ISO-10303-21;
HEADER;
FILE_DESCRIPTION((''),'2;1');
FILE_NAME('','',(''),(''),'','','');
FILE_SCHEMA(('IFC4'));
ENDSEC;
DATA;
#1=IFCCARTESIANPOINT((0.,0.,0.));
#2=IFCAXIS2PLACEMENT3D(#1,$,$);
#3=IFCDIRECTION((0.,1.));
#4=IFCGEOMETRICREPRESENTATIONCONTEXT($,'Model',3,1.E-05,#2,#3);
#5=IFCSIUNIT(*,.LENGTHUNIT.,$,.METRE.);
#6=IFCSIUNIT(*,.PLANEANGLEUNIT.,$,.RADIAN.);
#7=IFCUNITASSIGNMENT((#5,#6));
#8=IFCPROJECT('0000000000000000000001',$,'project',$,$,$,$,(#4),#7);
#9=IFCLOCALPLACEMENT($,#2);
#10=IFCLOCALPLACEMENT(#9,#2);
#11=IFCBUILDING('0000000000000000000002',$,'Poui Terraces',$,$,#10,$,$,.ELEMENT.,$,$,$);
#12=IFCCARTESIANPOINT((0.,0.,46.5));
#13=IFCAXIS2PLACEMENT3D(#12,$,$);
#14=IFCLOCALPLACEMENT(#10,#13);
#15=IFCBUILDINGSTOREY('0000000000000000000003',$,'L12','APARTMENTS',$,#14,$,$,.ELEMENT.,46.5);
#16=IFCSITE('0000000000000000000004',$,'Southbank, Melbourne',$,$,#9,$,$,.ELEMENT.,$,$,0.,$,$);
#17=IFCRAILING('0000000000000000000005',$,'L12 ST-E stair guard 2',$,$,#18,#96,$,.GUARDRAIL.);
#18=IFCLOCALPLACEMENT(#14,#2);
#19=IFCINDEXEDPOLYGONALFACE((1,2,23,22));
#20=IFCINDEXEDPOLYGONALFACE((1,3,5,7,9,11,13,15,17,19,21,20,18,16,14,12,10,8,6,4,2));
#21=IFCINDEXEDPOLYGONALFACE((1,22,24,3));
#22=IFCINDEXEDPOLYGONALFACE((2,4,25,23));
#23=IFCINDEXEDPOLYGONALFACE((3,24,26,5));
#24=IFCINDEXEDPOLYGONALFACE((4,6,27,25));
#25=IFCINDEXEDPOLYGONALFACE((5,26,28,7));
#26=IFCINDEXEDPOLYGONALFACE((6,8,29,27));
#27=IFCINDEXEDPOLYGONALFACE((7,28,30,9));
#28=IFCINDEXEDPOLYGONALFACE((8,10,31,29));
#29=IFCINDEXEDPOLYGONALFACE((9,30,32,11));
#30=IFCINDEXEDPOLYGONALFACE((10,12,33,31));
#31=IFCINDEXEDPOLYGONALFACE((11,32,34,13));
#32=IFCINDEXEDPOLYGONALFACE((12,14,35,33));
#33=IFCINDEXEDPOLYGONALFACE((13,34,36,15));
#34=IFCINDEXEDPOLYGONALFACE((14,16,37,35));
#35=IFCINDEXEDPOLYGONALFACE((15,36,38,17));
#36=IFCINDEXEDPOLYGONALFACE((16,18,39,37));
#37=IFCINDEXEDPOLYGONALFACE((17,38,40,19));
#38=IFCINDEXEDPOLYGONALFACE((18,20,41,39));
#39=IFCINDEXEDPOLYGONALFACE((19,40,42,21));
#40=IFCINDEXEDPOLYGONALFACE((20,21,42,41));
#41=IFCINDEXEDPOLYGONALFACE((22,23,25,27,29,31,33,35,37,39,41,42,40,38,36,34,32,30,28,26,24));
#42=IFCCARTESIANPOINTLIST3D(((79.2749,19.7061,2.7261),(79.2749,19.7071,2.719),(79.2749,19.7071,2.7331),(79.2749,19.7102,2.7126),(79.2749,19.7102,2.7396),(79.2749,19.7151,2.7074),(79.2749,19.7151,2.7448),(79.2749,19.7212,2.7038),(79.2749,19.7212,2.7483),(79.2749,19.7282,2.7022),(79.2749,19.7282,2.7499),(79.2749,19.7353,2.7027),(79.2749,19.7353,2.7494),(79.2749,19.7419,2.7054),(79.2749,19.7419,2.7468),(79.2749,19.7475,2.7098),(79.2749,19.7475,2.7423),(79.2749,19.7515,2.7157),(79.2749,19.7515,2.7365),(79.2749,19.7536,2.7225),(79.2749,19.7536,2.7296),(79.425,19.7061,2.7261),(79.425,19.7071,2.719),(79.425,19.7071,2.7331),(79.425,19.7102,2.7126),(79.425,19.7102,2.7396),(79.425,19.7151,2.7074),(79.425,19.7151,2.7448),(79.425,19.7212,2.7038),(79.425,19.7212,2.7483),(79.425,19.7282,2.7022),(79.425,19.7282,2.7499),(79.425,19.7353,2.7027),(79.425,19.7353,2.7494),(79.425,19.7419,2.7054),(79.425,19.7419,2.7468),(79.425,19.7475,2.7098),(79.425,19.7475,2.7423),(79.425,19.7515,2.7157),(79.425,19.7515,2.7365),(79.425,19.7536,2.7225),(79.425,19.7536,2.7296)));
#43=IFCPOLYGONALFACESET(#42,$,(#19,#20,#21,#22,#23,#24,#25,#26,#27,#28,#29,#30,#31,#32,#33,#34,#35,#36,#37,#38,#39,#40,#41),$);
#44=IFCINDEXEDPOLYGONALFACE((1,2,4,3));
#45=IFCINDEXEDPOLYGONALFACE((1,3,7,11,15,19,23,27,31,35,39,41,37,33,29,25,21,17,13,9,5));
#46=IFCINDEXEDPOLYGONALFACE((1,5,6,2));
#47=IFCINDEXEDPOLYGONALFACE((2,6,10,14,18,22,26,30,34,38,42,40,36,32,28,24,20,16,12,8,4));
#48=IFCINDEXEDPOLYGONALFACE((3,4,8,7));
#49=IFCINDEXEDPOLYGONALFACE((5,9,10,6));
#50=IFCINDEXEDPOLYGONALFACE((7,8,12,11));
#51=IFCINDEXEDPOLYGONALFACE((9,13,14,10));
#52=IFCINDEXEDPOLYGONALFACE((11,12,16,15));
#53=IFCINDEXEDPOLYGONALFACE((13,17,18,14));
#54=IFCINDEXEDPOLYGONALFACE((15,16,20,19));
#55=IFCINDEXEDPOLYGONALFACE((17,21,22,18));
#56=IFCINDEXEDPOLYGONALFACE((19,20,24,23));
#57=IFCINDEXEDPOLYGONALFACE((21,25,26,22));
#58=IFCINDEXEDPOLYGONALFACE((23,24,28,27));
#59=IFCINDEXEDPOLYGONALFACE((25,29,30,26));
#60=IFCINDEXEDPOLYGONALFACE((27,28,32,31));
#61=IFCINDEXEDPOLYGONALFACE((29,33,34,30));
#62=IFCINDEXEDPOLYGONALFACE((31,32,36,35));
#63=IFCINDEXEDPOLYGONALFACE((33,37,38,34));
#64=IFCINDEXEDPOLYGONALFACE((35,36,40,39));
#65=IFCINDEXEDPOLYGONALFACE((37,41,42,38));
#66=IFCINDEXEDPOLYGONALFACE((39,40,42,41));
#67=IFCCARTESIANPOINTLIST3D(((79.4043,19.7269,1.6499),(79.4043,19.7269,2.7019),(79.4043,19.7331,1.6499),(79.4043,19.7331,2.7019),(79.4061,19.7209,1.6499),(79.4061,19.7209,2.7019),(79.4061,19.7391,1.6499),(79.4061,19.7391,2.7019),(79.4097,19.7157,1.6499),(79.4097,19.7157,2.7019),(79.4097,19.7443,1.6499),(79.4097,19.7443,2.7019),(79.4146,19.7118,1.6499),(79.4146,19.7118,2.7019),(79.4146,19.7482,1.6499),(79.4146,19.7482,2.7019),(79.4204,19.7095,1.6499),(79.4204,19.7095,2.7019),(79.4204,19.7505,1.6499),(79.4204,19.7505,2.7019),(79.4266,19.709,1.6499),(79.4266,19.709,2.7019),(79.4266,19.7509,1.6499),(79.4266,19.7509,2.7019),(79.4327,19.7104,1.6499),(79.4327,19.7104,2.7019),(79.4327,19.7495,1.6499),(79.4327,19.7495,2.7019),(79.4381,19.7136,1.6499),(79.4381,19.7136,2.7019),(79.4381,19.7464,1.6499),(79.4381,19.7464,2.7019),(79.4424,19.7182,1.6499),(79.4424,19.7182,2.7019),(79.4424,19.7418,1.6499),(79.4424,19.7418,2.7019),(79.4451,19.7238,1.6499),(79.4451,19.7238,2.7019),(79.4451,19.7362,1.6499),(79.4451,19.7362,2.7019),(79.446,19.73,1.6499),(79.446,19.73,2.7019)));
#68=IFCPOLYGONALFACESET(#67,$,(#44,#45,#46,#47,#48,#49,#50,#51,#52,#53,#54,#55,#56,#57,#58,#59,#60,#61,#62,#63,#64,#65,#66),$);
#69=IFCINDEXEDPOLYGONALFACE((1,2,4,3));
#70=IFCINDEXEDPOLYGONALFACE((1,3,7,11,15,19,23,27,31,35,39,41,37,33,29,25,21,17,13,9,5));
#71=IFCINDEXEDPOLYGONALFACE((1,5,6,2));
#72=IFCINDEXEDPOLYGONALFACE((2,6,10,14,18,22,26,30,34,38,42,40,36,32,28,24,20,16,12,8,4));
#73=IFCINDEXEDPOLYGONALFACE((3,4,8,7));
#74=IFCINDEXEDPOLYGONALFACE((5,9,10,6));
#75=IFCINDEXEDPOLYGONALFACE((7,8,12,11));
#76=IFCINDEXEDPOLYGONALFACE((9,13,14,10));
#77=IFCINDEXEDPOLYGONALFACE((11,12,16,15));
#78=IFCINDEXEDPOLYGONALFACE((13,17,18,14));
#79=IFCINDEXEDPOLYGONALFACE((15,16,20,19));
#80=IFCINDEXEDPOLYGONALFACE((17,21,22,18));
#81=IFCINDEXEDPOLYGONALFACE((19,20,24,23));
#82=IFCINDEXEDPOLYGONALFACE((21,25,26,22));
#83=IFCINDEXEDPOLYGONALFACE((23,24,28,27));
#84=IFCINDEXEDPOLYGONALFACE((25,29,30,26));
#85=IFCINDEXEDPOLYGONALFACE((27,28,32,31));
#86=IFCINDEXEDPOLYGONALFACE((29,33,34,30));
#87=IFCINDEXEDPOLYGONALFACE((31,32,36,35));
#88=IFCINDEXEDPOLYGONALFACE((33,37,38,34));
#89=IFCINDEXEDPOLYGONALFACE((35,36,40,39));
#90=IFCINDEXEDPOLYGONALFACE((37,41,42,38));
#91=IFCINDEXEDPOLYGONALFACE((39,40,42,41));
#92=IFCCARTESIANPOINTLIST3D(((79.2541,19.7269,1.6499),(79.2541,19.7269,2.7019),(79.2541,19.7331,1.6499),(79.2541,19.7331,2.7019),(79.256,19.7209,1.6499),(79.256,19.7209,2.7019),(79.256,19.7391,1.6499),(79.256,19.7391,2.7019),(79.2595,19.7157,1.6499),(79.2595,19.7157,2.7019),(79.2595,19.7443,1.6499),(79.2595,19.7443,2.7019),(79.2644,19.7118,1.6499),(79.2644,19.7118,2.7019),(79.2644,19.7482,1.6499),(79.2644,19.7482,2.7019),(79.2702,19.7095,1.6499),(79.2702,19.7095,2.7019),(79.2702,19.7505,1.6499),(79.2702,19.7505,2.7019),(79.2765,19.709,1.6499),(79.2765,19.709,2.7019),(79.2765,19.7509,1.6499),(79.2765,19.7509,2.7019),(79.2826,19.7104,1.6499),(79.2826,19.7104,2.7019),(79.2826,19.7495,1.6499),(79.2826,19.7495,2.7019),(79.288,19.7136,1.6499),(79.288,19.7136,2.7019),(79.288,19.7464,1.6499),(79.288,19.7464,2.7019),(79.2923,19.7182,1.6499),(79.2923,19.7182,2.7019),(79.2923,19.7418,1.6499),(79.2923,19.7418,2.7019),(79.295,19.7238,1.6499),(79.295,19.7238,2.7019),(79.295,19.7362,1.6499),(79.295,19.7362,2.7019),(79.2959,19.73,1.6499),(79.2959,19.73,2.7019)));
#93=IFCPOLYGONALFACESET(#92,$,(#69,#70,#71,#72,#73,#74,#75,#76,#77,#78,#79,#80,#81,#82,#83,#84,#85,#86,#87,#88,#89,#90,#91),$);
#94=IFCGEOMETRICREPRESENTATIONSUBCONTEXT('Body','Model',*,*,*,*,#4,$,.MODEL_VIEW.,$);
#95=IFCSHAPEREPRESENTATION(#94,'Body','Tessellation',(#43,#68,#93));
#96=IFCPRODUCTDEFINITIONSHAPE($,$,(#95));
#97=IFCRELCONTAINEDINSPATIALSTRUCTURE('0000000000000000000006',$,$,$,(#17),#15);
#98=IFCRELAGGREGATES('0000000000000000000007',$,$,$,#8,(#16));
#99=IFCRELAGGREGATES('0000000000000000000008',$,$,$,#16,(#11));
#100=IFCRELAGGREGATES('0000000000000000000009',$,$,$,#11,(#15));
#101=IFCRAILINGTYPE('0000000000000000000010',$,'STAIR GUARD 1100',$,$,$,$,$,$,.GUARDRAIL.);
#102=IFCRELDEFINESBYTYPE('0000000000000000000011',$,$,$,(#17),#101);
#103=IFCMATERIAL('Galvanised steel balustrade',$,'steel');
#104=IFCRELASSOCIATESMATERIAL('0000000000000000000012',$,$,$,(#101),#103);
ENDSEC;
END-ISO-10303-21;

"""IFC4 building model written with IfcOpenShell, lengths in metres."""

from ifc_helpers import new_model, si_unit, direction, frame, origin, origin_2d, place, context, subcontext, project, spatial, circle, extrude, material, type_object, element, save


model = new_model("IFC4")

# Units and contexts
model_context = context("Model", 3, precision=1e-05, world=origin(), true_north=direction((0.0, 1.0)))
body_context = subcontext(model_context, "Body", "Model", "MODEL_VIEW")
ifc_project = project(units=[si_unit("LENGTHUNIT", "METRE"), si_unit("PLANEANGLEUNIT", "RADIAN")], contexts=[model_context])

# Site, building, storey
site_placement = place(None, origin())
site = spatial("IfcSite", under=ifc_project, at=site_placement, Name="Southbank, Melbourne", CompositionType="ELEMENT", RefElevation=0.0)
building_placement = place(site_placement, origin())
building = spatial("IfcBuilding", under=site, at=building_placement, Name="Poui Terraces", CompositionType="ELEMENT")
storey_placement = place(building_placement, frame((0.0, 0.0, 46.5)))
storey = spatial("IfcBuildingStorey", under=building, at=storey_placement, Name="L12", Description="APARTMENTS", CompositionType="ELEMENT", Elevation=46.5)

# Railing
ifc_material_1 = material(Name="Galvanised steel balustrade", Category="steel")
railing_type_1 = type_object("IfcRailingType", Name="STAIR GUARD 1100", PredefinedType="GUARDRAIL", material=ifc_material_1)
railing_1_placement = place(storey_placement, frame((79.425, 19.73, 1.6499)))
element("IfcRailing", 1, at=railing_1_placement, inside=storey, type_object=railing_type_1, Name="L12 ST-E stair guard 2", PredefinedType="GUARDRAIL", context=body_context, shape_type="SweptSolid", body=[
    extrude(circle(Radius=0.0239, at=origin_2d()), frame((0.0, 0.0, 1.0762), z_axis=(-1.0, 0.0, 0.0), x_axis=(0.0, -1.0, 0.0)), (0.0, 0.0, 1.0), 0.1501),
    extrude(circle(Radius=0.021, at=origin_2d()), origin(), (0.0, 0.0, 1.0), 1.052),
    extrude(circle(Radius=0.021, at=origin_2d()), frame((-0.1501, 0.0, 0.0)), (0.0, 0.0, 1.0), 1.052),
])

save(model, "model.ifc")
